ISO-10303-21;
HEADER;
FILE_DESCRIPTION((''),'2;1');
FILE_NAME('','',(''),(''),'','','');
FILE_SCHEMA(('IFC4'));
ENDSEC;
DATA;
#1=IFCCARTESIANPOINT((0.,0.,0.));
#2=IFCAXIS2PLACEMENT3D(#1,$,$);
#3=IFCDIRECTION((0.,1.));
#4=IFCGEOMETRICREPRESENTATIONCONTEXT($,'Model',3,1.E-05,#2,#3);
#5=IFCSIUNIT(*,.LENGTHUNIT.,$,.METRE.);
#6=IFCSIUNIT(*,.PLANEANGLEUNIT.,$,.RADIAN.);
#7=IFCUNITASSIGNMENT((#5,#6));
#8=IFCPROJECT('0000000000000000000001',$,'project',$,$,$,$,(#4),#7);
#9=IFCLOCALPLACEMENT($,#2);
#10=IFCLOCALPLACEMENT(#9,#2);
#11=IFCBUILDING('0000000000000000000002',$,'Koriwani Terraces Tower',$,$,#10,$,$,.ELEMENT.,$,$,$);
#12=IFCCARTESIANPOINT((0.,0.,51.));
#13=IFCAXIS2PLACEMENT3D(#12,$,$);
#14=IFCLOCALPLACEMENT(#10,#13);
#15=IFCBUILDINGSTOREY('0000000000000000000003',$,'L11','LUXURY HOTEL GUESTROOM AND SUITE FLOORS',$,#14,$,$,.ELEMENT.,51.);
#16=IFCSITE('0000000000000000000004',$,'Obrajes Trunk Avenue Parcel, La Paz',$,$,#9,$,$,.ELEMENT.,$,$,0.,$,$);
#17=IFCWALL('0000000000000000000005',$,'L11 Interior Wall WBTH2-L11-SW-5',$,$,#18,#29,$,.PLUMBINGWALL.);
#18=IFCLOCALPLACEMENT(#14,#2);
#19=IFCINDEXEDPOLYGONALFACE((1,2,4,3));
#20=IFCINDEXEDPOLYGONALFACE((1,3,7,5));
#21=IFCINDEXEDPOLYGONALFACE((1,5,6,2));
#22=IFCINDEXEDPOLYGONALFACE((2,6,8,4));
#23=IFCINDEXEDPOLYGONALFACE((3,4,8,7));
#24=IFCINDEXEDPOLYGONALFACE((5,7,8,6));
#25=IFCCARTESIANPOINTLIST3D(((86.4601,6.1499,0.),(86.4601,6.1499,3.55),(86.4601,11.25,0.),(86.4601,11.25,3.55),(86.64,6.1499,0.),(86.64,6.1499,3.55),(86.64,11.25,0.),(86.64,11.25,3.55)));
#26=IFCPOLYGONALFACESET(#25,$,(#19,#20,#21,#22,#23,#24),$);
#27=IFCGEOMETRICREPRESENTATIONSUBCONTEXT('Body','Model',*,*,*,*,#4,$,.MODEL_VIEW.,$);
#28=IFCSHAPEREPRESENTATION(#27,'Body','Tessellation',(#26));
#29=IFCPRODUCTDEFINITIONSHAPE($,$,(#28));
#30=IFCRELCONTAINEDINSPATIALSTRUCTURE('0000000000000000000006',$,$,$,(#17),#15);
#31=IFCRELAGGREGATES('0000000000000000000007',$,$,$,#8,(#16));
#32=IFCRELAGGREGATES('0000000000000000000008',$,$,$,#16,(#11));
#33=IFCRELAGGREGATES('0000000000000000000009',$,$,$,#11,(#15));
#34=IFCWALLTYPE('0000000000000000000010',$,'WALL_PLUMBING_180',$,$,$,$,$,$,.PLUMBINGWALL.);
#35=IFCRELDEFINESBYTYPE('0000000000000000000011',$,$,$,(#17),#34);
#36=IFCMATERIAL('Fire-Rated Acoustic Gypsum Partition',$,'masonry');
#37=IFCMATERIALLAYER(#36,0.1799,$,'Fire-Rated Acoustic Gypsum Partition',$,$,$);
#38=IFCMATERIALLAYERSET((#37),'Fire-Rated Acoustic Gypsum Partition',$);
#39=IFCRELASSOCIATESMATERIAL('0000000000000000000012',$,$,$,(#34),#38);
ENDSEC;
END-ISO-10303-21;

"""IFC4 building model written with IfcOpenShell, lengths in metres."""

from ifc_helpers import new_model, si_unit, direction, frame, frame_2d, origin, place, context, subcontext, project, spatial, rectangle, extrude, material, layer, layer_set, type_object, element, save


model = new_model("IFC4")

# Units and contexts
model_context = context("Model", 3, precision=1e-05, world=origin(), true_north=direction((0.0, 1.0)))
body_context = subcontext(model_context, "Body", "Model", "MODEL_VIEW")
ifc_project = project(units=[si_unit("LENGTHUNIT", "METRE"), si_unit("PLANEANGLEUNIT", "RADIAN")], contexts=[model_context])

# Site, building, storey
site_placement = place(None, origin())
site = spatial("IfcSite", under=ifc_project, at=site_placement, Name="Obrajes Trunk Avenue Parcel, La Paz", CompositionType="ELEMENT", RefElevation=0.0)
building_placement = place(site_placement, origin())
building = spatial("IfcBuilding", under=site, at=building_placement, Name="Koriwani Terraces Tower", CompositionType="ELEMENT")
storey_placement = place(building_placement, frame((0.0, 0.0, 51.0)))
storey = spatial("IfcBuildingStorey", under=building, at=storey_placement, Name="L11", Description="LUXURY HOTEL GUESTROOM AND SUITE FLOORS", CompositionType="ELEMENT", Elevation=51.0)

# Shared definitions
ifc_material_1 = material(Name="Fire-Rated Acoustic Gypsum Partition", Category="masonry")
ifc_layer_1 = layer(ifc_material_1, 0.1799, Name="Fire-Rated Acoustic Gypsum Partition")
ifc_layer_set_1 = layer_set([ifc_layer_1], Name="Fire-Rated Acoustic Gypsum Partition")
wall_type_1 = type_object("IfcWallType", Name="WALL_PLUMBING_180", PredefinedType="PLUMBINGWALL", material=ifc_layer_set_1)

# Wall
wall_1_placement = place(storey_placement, frame((86.55, 6.1499, 0.0), z_axis=(0.0, 0.0, 1.0), x_axis=(0.0, 1.0, 0.0)))
element("IfcWall", 1, at=wall_1_placement, inside=storey, type_object=wall_type_1, Name="L11 Interior Wall WBTH2-L11-SW-5", PredefinedType="PLUMBINGWALL", context=body_context, shape_type="SweptSolid", body=[
    extrude(rectangle(XDim=5.1001, YDim=0.1799, at=frame_2d((2.55, 0.0))), origin(), (0.0, 0.0, 1.0), 3.55),
])

save(model, "model.ifc")
